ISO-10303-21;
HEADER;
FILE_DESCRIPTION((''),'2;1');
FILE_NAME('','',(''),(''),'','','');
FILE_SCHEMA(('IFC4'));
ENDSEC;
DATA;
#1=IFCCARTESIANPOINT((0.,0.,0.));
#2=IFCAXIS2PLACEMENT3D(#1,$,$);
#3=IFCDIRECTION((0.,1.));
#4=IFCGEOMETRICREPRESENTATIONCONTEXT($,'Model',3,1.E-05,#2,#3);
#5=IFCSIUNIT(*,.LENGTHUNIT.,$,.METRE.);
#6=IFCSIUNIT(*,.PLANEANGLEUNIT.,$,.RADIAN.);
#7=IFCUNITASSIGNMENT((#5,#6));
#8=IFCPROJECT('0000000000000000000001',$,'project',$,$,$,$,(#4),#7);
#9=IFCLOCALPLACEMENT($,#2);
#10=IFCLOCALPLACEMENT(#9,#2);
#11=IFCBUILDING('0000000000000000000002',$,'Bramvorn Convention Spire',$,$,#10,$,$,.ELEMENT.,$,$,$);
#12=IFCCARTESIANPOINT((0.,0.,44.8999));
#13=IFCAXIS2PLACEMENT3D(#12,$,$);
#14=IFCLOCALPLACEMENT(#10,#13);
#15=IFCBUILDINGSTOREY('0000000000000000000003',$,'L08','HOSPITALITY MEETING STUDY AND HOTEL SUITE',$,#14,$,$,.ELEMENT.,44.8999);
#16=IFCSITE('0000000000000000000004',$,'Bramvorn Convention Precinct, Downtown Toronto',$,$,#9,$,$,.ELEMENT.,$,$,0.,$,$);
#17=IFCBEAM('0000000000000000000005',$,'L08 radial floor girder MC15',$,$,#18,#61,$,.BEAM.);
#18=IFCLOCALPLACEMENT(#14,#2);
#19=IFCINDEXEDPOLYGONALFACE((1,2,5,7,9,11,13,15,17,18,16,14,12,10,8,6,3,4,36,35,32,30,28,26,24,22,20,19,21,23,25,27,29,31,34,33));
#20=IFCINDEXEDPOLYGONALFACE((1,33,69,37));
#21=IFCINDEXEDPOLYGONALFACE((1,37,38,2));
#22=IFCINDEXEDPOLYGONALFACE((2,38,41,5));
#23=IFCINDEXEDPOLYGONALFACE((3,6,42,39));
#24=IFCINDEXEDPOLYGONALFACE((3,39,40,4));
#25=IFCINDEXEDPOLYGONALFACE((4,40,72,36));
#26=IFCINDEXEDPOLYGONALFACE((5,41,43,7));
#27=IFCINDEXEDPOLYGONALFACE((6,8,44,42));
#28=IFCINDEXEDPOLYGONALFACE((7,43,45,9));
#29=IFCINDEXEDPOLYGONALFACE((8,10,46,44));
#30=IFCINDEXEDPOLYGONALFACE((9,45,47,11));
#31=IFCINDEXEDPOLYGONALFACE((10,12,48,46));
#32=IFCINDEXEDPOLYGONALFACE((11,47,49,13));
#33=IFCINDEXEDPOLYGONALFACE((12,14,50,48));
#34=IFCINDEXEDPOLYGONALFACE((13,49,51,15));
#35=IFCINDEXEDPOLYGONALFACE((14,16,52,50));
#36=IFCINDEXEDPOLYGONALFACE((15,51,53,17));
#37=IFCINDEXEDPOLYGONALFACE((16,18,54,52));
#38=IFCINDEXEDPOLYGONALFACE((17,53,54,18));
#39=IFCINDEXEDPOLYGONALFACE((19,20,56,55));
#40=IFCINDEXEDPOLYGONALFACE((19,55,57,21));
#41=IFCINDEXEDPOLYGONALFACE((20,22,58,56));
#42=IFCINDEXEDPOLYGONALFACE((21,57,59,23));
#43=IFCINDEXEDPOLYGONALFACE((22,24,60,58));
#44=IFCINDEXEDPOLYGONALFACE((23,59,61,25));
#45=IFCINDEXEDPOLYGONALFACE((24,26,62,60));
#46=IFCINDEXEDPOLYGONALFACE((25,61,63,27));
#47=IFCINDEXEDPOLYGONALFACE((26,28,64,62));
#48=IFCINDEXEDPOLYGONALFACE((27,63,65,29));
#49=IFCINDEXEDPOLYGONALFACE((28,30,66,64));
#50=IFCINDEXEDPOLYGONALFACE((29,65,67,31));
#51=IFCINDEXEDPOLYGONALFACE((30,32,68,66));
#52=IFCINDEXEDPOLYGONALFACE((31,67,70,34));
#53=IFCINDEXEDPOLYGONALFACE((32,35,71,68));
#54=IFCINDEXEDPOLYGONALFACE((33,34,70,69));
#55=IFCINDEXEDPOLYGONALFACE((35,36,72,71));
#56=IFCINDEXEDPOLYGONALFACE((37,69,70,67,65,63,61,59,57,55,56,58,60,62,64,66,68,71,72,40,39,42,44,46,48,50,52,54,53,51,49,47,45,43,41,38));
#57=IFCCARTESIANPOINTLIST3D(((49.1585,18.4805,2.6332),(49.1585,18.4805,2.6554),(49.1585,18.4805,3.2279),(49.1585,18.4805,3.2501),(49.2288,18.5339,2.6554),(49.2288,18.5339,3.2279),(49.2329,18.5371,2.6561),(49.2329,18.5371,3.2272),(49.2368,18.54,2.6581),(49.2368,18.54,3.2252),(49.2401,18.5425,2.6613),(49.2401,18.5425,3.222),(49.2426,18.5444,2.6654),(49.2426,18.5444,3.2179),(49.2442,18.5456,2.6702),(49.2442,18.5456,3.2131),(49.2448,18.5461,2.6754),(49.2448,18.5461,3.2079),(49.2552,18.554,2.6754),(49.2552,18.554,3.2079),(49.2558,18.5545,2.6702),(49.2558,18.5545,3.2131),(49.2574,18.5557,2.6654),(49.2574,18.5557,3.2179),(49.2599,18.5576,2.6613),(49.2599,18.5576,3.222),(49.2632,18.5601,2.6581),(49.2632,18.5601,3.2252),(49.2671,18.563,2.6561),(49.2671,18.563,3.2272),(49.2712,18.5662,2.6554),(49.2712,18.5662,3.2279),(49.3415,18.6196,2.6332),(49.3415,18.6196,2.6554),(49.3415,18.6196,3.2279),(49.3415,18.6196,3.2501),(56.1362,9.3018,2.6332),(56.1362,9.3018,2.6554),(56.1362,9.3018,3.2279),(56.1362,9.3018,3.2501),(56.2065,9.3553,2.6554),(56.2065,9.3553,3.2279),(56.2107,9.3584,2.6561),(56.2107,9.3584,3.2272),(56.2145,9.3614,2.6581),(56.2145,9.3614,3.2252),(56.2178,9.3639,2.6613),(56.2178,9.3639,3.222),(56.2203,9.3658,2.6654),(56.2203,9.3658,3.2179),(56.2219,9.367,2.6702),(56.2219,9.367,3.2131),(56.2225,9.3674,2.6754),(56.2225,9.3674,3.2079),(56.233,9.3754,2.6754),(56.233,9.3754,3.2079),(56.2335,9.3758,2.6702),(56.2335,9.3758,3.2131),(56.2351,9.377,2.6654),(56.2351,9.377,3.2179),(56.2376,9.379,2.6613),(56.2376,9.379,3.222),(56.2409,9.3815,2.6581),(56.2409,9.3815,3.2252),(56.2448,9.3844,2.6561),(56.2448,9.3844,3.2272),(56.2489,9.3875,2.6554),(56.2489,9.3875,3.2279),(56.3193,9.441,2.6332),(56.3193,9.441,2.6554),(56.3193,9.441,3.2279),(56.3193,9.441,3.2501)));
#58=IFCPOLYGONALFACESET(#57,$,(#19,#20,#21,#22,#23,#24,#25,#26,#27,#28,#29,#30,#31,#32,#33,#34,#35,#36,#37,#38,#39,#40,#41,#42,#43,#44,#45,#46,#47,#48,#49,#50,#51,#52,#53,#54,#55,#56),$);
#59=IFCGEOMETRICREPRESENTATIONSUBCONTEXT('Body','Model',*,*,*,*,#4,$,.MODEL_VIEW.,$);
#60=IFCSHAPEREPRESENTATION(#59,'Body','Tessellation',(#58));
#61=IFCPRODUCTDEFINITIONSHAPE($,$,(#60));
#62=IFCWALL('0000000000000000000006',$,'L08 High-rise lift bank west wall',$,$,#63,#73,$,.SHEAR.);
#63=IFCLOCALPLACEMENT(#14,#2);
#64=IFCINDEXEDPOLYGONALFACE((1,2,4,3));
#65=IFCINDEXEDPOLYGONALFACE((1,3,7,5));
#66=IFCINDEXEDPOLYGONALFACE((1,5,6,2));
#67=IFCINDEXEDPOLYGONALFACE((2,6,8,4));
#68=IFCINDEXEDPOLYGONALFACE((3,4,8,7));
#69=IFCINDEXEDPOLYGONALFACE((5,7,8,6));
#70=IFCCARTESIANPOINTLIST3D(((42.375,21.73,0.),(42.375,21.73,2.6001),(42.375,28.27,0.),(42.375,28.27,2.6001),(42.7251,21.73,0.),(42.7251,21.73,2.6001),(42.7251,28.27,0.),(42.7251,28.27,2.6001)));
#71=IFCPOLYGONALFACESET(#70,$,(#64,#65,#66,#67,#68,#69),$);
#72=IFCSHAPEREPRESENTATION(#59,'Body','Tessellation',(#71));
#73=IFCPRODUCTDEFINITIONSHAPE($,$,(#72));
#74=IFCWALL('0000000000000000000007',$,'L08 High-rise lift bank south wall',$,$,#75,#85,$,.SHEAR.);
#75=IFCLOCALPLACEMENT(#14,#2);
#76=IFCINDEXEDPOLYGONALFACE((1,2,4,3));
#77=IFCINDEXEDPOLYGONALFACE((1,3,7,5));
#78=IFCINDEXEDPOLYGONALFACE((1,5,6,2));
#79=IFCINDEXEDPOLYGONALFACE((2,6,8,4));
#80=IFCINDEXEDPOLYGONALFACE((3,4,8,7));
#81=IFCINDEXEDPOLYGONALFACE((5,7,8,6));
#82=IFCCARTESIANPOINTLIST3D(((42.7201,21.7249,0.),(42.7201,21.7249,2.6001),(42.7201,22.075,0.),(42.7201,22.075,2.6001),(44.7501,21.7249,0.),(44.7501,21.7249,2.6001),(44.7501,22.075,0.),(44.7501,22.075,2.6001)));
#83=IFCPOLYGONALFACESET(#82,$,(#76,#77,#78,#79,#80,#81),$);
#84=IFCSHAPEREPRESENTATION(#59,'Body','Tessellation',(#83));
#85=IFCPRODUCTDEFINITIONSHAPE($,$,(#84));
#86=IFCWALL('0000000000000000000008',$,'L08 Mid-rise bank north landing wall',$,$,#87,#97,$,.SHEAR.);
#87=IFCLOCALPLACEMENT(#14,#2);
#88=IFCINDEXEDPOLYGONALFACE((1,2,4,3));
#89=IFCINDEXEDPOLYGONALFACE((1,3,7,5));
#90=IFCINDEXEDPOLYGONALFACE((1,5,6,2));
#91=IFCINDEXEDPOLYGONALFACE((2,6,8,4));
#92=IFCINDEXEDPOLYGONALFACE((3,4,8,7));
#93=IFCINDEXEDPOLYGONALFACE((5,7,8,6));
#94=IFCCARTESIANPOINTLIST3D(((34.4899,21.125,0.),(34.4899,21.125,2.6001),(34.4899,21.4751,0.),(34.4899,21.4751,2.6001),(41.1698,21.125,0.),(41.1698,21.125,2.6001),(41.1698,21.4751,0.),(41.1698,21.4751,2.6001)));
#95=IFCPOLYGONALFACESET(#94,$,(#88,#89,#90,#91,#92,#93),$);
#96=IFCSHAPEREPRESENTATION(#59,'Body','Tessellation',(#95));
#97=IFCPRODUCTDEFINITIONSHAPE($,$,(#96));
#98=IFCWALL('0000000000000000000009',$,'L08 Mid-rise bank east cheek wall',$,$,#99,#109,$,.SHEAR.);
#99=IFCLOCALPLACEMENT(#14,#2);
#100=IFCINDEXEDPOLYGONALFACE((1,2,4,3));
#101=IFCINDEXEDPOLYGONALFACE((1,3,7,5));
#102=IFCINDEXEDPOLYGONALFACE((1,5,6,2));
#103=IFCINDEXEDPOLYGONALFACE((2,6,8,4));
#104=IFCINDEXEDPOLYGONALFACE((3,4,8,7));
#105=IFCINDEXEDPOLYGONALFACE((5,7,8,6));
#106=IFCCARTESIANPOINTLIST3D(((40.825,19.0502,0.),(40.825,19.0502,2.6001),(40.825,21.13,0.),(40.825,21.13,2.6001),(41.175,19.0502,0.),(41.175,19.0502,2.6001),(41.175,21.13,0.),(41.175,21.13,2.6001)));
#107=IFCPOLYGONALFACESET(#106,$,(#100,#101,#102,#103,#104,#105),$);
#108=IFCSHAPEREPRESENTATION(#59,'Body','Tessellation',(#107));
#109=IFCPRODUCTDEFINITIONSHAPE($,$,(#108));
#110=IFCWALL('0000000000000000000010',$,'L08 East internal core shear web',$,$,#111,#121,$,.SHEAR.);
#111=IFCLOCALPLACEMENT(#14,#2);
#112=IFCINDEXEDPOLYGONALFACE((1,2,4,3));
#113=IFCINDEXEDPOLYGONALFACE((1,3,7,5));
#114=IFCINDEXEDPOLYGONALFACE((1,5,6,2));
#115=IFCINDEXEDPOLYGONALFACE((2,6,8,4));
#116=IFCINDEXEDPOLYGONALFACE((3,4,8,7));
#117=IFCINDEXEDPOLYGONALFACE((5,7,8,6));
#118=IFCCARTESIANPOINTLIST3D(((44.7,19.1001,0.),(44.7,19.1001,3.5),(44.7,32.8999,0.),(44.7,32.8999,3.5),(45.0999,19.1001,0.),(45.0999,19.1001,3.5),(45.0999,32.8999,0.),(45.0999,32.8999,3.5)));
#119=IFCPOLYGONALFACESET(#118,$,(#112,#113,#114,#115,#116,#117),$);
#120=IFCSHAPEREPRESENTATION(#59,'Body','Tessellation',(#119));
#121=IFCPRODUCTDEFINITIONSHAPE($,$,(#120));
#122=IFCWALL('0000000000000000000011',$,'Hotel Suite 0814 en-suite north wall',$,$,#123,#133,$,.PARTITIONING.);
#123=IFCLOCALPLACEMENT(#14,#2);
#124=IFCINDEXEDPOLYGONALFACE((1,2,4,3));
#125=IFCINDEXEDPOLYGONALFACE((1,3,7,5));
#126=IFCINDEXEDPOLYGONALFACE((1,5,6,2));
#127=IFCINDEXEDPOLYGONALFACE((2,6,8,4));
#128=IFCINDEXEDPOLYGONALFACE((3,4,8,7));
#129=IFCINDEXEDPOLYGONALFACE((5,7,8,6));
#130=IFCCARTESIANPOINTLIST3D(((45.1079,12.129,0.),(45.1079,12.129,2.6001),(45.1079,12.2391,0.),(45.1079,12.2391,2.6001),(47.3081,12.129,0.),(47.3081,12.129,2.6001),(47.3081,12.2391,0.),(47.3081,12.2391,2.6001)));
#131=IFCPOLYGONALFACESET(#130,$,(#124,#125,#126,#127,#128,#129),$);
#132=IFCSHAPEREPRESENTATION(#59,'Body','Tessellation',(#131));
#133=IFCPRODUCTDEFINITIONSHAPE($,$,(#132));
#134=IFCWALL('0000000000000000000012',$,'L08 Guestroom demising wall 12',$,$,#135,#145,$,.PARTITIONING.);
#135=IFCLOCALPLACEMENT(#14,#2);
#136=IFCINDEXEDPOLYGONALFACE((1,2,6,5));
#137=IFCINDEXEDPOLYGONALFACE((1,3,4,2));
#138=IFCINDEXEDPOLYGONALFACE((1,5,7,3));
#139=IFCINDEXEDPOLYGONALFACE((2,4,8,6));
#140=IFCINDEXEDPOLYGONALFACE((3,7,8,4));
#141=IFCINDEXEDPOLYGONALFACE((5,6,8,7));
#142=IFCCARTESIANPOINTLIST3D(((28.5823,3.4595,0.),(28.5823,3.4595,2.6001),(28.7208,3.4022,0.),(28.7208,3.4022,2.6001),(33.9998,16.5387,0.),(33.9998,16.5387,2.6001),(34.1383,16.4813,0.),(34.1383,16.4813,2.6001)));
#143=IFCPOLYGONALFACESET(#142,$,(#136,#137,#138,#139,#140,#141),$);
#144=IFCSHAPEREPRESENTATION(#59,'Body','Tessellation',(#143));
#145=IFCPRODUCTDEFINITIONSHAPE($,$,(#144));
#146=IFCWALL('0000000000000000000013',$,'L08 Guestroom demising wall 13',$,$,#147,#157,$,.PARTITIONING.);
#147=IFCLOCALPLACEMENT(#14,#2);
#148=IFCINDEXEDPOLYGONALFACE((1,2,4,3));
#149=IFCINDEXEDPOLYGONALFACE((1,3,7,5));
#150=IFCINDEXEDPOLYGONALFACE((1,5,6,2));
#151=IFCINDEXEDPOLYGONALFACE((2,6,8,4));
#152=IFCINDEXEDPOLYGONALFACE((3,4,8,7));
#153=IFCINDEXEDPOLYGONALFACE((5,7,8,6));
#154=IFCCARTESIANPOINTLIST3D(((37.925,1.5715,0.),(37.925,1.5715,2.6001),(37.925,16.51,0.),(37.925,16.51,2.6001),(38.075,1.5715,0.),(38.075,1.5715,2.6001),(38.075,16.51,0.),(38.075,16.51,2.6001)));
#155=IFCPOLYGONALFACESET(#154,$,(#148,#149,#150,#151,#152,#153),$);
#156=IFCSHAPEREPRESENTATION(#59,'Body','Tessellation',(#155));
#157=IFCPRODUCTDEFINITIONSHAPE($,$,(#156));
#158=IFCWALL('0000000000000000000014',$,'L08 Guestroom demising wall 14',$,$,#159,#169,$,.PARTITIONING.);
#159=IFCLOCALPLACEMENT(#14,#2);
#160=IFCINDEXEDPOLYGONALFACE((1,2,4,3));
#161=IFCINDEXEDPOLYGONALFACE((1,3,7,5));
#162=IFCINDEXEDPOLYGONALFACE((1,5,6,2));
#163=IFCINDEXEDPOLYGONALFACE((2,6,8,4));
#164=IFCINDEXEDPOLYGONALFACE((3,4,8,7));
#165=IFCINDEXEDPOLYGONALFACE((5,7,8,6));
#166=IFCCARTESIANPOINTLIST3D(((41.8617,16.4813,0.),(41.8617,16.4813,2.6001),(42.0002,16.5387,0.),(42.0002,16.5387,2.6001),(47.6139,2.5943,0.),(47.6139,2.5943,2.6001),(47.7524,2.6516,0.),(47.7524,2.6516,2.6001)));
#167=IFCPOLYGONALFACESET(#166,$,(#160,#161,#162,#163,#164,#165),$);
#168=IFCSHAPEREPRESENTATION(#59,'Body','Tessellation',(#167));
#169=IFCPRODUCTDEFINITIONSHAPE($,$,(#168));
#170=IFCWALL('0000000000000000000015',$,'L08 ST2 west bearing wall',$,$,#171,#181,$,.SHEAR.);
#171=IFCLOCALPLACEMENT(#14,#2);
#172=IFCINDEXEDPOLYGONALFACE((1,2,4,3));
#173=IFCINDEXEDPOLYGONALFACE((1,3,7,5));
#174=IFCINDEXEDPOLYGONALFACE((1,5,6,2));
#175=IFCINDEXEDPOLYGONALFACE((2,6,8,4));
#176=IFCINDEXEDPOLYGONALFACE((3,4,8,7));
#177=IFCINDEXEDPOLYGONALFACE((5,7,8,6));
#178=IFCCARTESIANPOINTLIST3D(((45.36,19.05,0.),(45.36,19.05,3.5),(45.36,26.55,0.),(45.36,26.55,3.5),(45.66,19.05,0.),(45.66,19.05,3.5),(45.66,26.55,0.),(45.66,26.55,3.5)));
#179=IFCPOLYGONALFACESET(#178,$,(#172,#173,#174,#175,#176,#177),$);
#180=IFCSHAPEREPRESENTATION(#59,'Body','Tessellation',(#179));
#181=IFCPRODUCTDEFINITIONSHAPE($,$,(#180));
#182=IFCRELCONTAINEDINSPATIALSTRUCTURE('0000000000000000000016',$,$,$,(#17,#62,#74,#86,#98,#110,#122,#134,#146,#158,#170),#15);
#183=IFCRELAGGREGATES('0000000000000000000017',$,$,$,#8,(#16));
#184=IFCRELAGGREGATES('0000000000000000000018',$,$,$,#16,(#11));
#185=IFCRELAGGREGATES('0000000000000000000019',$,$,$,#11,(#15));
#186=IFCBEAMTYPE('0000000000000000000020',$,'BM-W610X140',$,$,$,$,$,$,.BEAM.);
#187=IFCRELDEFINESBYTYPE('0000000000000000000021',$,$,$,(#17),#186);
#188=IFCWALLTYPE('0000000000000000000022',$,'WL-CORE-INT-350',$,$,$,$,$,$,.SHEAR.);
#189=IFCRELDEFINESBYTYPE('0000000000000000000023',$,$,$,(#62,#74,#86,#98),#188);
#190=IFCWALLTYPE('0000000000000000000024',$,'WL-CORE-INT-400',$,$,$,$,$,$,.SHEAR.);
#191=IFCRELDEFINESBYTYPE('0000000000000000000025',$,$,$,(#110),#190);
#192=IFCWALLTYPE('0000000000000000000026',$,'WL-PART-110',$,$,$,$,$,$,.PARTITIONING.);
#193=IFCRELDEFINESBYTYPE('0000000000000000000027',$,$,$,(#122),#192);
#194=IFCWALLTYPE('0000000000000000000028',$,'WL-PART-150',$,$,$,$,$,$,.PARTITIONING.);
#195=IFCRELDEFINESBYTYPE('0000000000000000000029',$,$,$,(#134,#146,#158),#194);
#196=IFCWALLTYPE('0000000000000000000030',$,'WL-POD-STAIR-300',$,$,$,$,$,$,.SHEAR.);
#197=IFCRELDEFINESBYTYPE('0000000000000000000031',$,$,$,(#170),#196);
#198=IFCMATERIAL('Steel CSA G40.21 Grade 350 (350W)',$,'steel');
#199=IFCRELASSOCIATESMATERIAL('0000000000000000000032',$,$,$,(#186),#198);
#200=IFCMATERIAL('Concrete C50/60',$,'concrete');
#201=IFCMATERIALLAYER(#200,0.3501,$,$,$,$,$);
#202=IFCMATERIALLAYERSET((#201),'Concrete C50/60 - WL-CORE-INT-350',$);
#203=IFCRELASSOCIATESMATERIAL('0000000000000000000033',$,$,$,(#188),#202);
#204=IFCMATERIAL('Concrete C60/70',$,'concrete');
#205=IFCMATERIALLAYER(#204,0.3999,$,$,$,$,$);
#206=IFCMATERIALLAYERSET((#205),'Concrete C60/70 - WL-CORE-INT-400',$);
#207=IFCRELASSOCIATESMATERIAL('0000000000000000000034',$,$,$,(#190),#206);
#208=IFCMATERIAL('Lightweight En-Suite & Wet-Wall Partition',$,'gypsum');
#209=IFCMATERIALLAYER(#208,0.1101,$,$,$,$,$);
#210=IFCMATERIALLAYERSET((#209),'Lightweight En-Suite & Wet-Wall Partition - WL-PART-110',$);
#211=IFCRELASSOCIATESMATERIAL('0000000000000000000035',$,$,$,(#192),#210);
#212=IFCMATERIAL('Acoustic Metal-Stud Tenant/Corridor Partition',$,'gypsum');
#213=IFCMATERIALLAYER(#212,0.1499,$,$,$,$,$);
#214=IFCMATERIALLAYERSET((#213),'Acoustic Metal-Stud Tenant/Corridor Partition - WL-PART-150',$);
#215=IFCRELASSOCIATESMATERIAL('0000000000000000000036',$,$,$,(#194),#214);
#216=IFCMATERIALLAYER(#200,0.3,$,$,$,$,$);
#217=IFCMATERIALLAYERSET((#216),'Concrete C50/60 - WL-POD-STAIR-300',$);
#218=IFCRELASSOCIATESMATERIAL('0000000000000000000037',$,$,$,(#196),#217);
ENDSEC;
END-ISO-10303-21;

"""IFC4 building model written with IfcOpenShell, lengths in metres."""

from ifc_helpers import new_model, si_unit, direction, frame, frame_2d, origin, origin_2d, place, context, subcontext, project, spatial, rectangle, i_section, extrude, material, layer, layer_set, material_profile, profile_set, type_object, element, save


model = new_model("IFC4")

# Units and contexts
model_context = context("Model", 3, precision=1e-05, world=origin(), true_north=direction((0.0, 1.0)))
body_context = subcontext(model_context, "Body", "Model", "MODEL_VIEW")
ifc_project = project(units=[si_unit("LENGTHUNIT", "METRE"), si_unit("PLANEANGLEUNIT", "RADIAN")], contexts=[model_context])

# Site, building, storey
site_placement = place(None, origin())
site = spatial("IfcSite", under=ifc_project, at=site_placement, Name="Bramvorn Convention Precinct, Downtown Toronto", CompositionType="ELEMENT", RefElevation=0.0)
building_placement = place(site_placement, origin())
building = spatial("IfcBuilding", under=site, at=building_placement, Name="Bramvorn Convention Spire", CompositionType="ELEMENT")
storey_placement = place(building_placement, frame((0.0, 0.0, 44.8999)))
storey = spatial("IfcBuildingStorey", under=building, at=storey_placement, Name="L08", Description="HOSPITALITY MEETING STUDY AND HOTEL SUITE", CompositionType="ELEMENT", Elevation=44.8999)

# Beam
ifc_material_1 = material(Name="Steel CSA G40.21 Grade 350 (350W)", Category="steel")
ifc_material_profile_1 = material_profile(ifc_material_1, i_section(OverallWidth=0.23, OverallDepth=0.6169, WebThickness=0.0132, FlangeThickness=0.0222, FilletRadius=0.02, at=origin_2d()))
ifc_profile_set_1 = profile_set([ifc_material_profile_1], Name="Steel CSA G40.21 Grade 350 (350W) - W610X140")
beam_type_1 = type_object("IfcBeamType", Name="BM-W610X140", PredefinedType="BEAM", material=ifc_profile_set_1)
beam_1_placement = place(storey_placement, frame((49.25, 18.55, 2.9417), z_axis=(0.605191, -0.79608, 0.0), x_axis=(0.79608, 0.605191, 0.0)))
element("IfcBeam", 1, at=beam_1_placement, inside=storey, type_object=beam_type_1, Name="L08 radial floor girder MC15", PredefinedType="BEAM", context=body_context, shape_type="SweptSolid", body=[
    extrude(i_section(OverallWidth=0.23, OverallDepth=0.6169, WebThickness=0.0132, FlangeThickness=0.0222, FilletRadius=0.02, at=origin_2d()), origin(), (0.0, 0.0, 1.0), 11.5298),
])

# Shared definitions
ifc_material_2 = material(Name="Concrete C60/70", Category="concrete")

# Walls
ifc_material_3 = material(Name="Concrete C50/60", Category="concrete")
ifc_layer_1 = layer(ifc_material_3, 0.3501)
ifc_layer_set_1 = layer_set([ifc_layer_1], Name="Concrete C50/60 - WL-CORE-INT-350")
wall_type_1 = type_object("IfcWallType", Name="WL-CORE-INT-350", PredefinedType="SHEAR", material=ifc_layer_set_1)
wall_1_placement = place(storey_placement, frame((42.55, 21.73, 0.0), z_axis=(0.0, 0.0, 1.0), x_axis=(0.0, 1.0, 0.0)))
element("IfcWall", 2, at=wall_1_placement, inside=storey, type_object=wall_type_1, Name="L08 High-rise lift bank west wall", PredefinedType="SHEAR", context=body_context, shape_type="SweptSolid", body=[
    extrude(rectangle(XDim=6.54, YDim=0.3501, at=frame_2d((3.27, 0.0))), origin(), (0.0, 0.0, 1.0), 2.6001),
])
wall_2_placement = place(storey_placement, frame((42.72, 21.8999, 0.0), z_axis=(0.0, 0.0, 1.0), x_axis=(1.0, 0.0, 0.0)))
element("IfcWall", 3, at=wall_2_placement, inside=storey, type_object=wall_type_1, Name="L08 High-rise lift bank south wall", PredefinedType="SHEAR", context=body_context, shape_type="SweptSolid", body=[
    extrude(rectangle(XDim=2.03, YDim=0.3501, at=frame_2d((1.0151, 0.0))), origin(), (0.0, 0.0, 1.0), 2.6001),
])
wall_3_placement = place(storey_placement, frame((34.49, 21.3, 0.0), z_axis=(0.0, 0.0, 1.0), x_axis=(1.0, 0.0, 0.0)))
element("IfcWall", 4, at=wall_3_placement, inside=storey, type_object=wall_type_1, Name="L08 Mid-rise bank north landing wall", PredefinedType="SHEAR", context=body_context, shape_type="SweptSolid", body=[
    extrude(rectangle(XDim=6.6799, YDim=0.3501, at=frame_2d((3.3398, 0.0))), origin(), (0.0, 0.0, 1.0), 2.6001),
])
wall_4_placement = place(storey_placement, frame((41.0, 19.05, 0.0), z_axis=(0.0, 0.0, 1.0), x_axis=(0.0, 1.0, 0.0)))
element("IfcWall", 5, at=wall_4_placement, inside=storey, type_object=wall_type_1, Name="L08 Mid-rise bank east cheek wall", PredefinedType="SHEAR", context=body_context, shape_type="SweptSolid", body=[
    extrude(rectangle(XDim=2.0798, YDim=0.3501, at=frame_2d((1.04, 0.0))), origin(), (0.0, 0.0, 1.0), 2.6001),
])
ifc_layer_2 = layer(ifc_material_2, 0.3999)
ifc_layer_set_2 = layer_set([ifc_layer_2], Name="Concrete C60/70 - WL-CORE-INT-400")
wall_type_2 = type_object("IfcWallType", Name="WL-CORE-INT-400", PredefinedType="SHEAR", material=ifc_layer_set_2)
wall_5_placement = place(storey_placement, frame((44.8999, 19.1001, 0.0), z_axis=(0.0, 0.0, 1.0), x_axis=(0.0, 1.0, 0.0)))
element("IfcWall", 6, at=wall_5_placement, inside=storey, type_object=wall_type_2, Name="L08 East internal core shear web", PredefinedType="SHEAR", context=body_context, shape_type="SweptSolid", body=[
    extrude(rectangle(XDim=13.7998, YDim=0.3999, at=frame_2d((6.8999, 0.0))), origin(), (0.0, 0.0, 1.0), 3.5),
])
ifc_material_4 = material(Name="Lightweight En-Suite & Wet-Wall Partition", Category="gypsum")
ifc_layer_3 = layer(ifc_material_4, 0.1101)
ifc_layer_set_3 = layer_set([ifc_layer_3], Name="Lightweight En-Suite & Wet-Wall Partition - WL-PART-110")
wall_type_3 = type_object("IfcWallType", Name="WL-PART-110", PredefinedType="PARTITIONING", material=ifc_layer_set_3)
wall_6_placement = place(storey_placement, frame((45.1079, 12.1841, 0.0), z_axis=(0.0, 0.0, 1.0), x_axis=(1.0, 0.0, 0.0)))
element("IfcWall", 7, at=wall_6_placement, inside=storey, type_object=wall_type_3, Name="Hotel Suite 0814 en-suite north wall", PredefinedType="PARTITIONING", context=body_context, shape_type="SweptSolid", body=[
    extrude(rectangle(XDim=2.2002, YDim=0.1101, at=frame_2d((1.1001, 0.0))), origin(), (0.0, 0.0, 1.0), 2.6001),
])
ifc_material_5 = material(Name="Acoustic Metal-Stud Tenant/Corridor Partition", Category="gypsum")
ifc_layer_4 = layer(ifc_material_5, 0.1499)
ifc_layer_set_4 = layer_set([ifc_layer_4], Name="Acoustic Metal-Stud Tenant/Corridor Partition - WL-PART-150")
wall_type_4 = type_object("IfcWallType", Name="WL-PART-150", PredefinedType="PARTITIONING", material=ifc_layer_set_4)
wall_7_placement = place(storey_placement, frame((34.0691, 16.51, 0.0), z_axis=(0.0, 0.0, 1.0), x_axis=(-0.38268, -0.923881, 0.0)))
element("IfcWall", 8, at=wall_7_placement, inside=storey, type_object=wall_type_4, Name="L08 Guestroom demising wall 12", PredefinedType="PARTITIONING", context=body_context, shape_type="SweptSolid", body=[
    extrude(rectangle(XDim=14.1567, YDim=0.1499, at=frame_2d((7.0784, 0.0))), origin(), (0.0, 0.0, 1.0), 2.6001),
])
wall_8_placement = place(storey_placement, frame((38.0, 16.51, 0.0), z_axis=(0.0, 0.0, 1.0), x_axis=(0.0, -1.0, 0.0)))
element("IfcWall", 9, at=wall_8_placement, inside=storey, type_object=wall_type_4, Name="L08 Guestroom demising wall 13", PredefinedType="PARTITIONING", context=body_context, shape_type="SweptSolid", body=[
    extrude(rectangle(XDim=14.9385, YDim=0.1499, at=frame_2d((7.4692, 0.0))), origin(), (0.0, 0.0, 1.0), 2.6001),
])
wall_9_placement = place(storey_placement, frame((41.9309, 16.51, 0.0), z_axis=(0.0, 0.0, 1.0), x_axis=(0.382685, -0.923879, 0.0)))
element("IfcWall", 10, at=wall_9_placement, inside=storey, type_object=wall_type_4, Name="L08 Guestroom demising wall 14", PredefinedType="PARTITIONING", context=body_context, shape_type="SweptSolid", body=[
    extrude(rectangle(XDim=15.0312, YDim=0.1499, at=frame_2d((7.5156, 0.0))), origin(), (0.0, 0.0, 1.0), 2.6001),
])
ifc_layer_5 = layer(ifc_material_3, 0.3)
ifc_layer_set_5 = layer_set([ifc_layer_5], Name="Concrete C50/60 - WL-POD-STAIR-300")
wall_type_5 = type_object("IfcWallType", Name="WL-POD-STAIR-300", PredefinedType="SHEAR", material=ifc_layer_set_5)
for number, where, z_axis, x_axis, name in (
    (11, (45.51, 19.05, 0.0), (0.0, 0.0, 1.0), (0.0, 1.0, 0.0), "L08 ST2 west bearing wall"),
):
    element("IfcWall", number, at=place(storey_placement, frame(where, z_axis=z_axis, x_axis=x_axis)), inside=storey, type_object=wall_type_5, Name=name, PredefinedType="SHEAR", context=body_context, shape_type="SweptSolid", body=[
        extrude(rectangle(XDim=7.5, YDim=0.3, at=frame_2d((3.75, 0.0))), origin(), (0.0, 0.0, 1.0), 3.5),
    ])

save(model, "model.ifc")
